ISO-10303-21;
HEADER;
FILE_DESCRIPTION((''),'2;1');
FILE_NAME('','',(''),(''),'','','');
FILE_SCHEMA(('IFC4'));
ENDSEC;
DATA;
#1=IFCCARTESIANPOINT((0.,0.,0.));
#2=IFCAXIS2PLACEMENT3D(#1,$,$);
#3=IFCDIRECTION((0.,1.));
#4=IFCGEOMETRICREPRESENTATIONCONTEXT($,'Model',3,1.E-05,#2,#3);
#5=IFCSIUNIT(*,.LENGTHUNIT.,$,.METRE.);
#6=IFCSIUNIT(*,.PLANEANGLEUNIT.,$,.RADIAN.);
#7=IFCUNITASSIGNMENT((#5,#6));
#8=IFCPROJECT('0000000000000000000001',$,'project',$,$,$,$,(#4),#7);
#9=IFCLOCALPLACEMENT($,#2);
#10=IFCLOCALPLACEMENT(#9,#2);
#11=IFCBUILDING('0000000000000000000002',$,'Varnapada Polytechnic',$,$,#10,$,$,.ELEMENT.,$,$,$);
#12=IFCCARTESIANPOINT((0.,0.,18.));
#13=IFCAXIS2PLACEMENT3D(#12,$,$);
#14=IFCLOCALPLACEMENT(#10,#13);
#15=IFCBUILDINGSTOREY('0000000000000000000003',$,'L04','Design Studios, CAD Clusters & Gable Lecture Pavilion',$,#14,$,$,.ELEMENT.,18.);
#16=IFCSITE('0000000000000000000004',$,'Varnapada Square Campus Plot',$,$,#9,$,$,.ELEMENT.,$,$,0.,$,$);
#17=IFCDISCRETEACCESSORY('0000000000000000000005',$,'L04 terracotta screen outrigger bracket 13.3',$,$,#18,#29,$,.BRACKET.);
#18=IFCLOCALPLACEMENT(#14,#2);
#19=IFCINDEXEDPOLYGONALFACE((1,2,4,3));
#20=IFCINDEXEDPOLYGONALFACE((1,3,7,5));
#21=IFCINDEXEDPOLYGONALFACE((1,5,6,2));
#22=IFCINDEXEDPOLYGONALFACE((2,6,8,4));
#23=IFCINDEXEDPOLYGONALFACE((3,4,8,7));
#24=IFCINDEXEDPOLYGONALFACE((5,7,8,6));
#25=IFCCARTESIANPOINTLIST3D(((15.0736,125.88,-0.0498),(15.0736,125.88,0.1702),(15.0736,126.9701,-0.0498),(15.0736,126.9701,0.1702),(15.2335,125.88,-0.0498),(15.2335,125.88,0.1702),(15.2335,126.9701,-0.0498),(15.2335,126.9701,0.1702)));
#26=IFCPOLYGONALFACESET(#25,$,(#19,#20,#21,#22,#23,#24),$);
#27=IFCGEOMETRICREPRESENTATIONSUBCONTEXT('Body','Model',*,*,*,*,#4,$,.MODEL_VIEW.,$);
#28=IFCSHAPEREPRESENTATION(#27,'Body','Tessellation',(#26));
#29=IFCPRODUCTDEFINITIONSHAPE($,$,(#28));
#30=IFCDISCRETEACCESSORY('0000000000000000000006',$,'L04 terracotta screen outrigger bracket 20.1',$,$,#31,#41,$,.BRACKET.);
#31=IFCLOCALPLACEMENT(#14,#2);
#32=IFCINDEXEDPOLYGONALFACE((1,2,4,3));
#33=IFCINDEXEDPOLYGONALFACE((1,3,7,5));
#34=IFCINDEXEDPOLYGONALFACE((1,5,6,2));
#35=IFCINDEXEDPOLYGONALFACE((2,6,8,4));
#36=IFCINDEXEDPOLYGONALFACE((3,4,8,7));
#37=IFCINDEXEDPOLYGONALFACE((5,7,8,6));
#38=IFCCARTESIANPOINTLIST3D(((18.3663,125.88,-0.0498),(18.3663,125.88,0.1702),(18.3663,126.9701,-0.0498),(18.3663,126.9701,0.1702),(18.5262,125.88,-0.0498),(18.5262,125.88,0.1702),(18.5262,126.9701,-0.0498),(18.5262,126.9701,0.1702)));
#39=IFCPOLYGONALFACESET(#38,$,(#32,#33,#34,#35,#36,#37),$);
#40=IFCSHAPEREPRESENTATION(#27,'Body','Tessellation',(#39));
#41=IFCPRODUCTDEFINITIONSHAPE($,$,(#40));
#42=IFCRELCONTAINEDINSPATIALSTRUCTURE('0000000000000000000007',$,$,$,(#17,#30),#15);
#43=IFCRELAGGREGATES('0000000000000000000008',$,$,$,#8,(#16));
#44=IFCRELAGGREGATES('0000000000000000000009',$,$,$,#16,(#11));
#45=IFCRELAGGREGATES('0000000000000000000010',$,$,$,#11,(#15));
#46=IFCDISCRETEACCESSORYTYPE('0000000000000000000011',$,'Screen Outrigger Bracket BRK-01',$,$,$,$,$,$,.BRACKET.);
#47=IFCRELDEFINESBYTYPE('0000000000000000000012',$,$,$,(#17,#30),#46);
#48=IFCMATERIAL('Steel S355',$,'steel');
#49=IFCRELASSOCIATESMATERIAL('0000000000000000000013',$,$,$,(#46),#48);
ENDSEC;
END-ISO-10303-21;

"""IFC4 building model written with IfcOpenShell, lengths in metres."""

from ifc_helpers import new_model, si_unit, direction, frame, origin, origin_2d, place, context, subcontext, project, spatial, rectangle, extrude, material, type_object, element, save


model = new_model("IFC4")

# Units and contexts
model_context = context("Model", 3, precision=1e-05, world=origin(), true_north=direction((0.0, 1.0)))
body_context = subcontext(model_context, "Body", "Model", "MODEL_VIEW")
ifc_project = project(units=[si_unit("LENGTHUNIT", "METRE"), si_unit("PLANEANGLEUNIT", "RADIAN")], contexts=[model_context])

# Site, building, storey
site_placement = place(None, origin())
site = spatial("IfcSite", under=ifc_project, at=site_placement, Name="Varnapada Square Campus Plot", CompositionType="ELEMENT", RefElevation=0.0)
building_placement = place(site_placement, origin())
building = spatial("IfcBuilding", under=site, at=building_placement, Name="Varnapada Polytechnic", CompositionType="ELEMENT")
storey_placement = place(building_placement, frame((0.0, 0.0, 18.0)))
storey = spatial("IfcBuildingStorey", under=building, at=storey_placement, Name="L04", Description="Design Studios, CAD Clusters & Gable Lecture Pavilion", CompositionType="ELEMENT", Elevation=18.0)

# Discrete accessories
ifc_material_1 = material(Name="Steel S355", Category="steel")
discrete_accessory_type = type_object("IfcDiscreteAccessoryType", Name="Screen Outrigger Bracket BRK-01", PredefinedType="BRACKET", material=ifc_material_1)
for number, where, z_axis, x_axis, name in (
    (1, (15.1536, 126.425, -0.0498), (0.0, 0.0, 1.0), (1.0, 0.0, 0.0), "L04 terracotta screen outrigger bracket 13.3"),
    (2, (18.4463, 126.425, -0.0498), (0.0, 0.0, 1.0), (1.0, 0.0, 0.0), "L04 terracotta screen outrigger bracket 20.1"),
):
    element("IfcDiscreteAccessory", number, at=place(storey_placement, frame(where, z_axis=z_axis, x_axis=x_axis)), inside=storey, type_object=discrete_accessory_type, Name=name, PredefinedType="BRACKET", context=body_context, shape_type="SweptSolid", body=[
        extrude(rectangle(XDim=0.1599, YDim=1.0901, at=origin_2d()), origin(), (0.0, 0.0, 1.0), 0.22),
    ])

save(model, "model.ifc")
